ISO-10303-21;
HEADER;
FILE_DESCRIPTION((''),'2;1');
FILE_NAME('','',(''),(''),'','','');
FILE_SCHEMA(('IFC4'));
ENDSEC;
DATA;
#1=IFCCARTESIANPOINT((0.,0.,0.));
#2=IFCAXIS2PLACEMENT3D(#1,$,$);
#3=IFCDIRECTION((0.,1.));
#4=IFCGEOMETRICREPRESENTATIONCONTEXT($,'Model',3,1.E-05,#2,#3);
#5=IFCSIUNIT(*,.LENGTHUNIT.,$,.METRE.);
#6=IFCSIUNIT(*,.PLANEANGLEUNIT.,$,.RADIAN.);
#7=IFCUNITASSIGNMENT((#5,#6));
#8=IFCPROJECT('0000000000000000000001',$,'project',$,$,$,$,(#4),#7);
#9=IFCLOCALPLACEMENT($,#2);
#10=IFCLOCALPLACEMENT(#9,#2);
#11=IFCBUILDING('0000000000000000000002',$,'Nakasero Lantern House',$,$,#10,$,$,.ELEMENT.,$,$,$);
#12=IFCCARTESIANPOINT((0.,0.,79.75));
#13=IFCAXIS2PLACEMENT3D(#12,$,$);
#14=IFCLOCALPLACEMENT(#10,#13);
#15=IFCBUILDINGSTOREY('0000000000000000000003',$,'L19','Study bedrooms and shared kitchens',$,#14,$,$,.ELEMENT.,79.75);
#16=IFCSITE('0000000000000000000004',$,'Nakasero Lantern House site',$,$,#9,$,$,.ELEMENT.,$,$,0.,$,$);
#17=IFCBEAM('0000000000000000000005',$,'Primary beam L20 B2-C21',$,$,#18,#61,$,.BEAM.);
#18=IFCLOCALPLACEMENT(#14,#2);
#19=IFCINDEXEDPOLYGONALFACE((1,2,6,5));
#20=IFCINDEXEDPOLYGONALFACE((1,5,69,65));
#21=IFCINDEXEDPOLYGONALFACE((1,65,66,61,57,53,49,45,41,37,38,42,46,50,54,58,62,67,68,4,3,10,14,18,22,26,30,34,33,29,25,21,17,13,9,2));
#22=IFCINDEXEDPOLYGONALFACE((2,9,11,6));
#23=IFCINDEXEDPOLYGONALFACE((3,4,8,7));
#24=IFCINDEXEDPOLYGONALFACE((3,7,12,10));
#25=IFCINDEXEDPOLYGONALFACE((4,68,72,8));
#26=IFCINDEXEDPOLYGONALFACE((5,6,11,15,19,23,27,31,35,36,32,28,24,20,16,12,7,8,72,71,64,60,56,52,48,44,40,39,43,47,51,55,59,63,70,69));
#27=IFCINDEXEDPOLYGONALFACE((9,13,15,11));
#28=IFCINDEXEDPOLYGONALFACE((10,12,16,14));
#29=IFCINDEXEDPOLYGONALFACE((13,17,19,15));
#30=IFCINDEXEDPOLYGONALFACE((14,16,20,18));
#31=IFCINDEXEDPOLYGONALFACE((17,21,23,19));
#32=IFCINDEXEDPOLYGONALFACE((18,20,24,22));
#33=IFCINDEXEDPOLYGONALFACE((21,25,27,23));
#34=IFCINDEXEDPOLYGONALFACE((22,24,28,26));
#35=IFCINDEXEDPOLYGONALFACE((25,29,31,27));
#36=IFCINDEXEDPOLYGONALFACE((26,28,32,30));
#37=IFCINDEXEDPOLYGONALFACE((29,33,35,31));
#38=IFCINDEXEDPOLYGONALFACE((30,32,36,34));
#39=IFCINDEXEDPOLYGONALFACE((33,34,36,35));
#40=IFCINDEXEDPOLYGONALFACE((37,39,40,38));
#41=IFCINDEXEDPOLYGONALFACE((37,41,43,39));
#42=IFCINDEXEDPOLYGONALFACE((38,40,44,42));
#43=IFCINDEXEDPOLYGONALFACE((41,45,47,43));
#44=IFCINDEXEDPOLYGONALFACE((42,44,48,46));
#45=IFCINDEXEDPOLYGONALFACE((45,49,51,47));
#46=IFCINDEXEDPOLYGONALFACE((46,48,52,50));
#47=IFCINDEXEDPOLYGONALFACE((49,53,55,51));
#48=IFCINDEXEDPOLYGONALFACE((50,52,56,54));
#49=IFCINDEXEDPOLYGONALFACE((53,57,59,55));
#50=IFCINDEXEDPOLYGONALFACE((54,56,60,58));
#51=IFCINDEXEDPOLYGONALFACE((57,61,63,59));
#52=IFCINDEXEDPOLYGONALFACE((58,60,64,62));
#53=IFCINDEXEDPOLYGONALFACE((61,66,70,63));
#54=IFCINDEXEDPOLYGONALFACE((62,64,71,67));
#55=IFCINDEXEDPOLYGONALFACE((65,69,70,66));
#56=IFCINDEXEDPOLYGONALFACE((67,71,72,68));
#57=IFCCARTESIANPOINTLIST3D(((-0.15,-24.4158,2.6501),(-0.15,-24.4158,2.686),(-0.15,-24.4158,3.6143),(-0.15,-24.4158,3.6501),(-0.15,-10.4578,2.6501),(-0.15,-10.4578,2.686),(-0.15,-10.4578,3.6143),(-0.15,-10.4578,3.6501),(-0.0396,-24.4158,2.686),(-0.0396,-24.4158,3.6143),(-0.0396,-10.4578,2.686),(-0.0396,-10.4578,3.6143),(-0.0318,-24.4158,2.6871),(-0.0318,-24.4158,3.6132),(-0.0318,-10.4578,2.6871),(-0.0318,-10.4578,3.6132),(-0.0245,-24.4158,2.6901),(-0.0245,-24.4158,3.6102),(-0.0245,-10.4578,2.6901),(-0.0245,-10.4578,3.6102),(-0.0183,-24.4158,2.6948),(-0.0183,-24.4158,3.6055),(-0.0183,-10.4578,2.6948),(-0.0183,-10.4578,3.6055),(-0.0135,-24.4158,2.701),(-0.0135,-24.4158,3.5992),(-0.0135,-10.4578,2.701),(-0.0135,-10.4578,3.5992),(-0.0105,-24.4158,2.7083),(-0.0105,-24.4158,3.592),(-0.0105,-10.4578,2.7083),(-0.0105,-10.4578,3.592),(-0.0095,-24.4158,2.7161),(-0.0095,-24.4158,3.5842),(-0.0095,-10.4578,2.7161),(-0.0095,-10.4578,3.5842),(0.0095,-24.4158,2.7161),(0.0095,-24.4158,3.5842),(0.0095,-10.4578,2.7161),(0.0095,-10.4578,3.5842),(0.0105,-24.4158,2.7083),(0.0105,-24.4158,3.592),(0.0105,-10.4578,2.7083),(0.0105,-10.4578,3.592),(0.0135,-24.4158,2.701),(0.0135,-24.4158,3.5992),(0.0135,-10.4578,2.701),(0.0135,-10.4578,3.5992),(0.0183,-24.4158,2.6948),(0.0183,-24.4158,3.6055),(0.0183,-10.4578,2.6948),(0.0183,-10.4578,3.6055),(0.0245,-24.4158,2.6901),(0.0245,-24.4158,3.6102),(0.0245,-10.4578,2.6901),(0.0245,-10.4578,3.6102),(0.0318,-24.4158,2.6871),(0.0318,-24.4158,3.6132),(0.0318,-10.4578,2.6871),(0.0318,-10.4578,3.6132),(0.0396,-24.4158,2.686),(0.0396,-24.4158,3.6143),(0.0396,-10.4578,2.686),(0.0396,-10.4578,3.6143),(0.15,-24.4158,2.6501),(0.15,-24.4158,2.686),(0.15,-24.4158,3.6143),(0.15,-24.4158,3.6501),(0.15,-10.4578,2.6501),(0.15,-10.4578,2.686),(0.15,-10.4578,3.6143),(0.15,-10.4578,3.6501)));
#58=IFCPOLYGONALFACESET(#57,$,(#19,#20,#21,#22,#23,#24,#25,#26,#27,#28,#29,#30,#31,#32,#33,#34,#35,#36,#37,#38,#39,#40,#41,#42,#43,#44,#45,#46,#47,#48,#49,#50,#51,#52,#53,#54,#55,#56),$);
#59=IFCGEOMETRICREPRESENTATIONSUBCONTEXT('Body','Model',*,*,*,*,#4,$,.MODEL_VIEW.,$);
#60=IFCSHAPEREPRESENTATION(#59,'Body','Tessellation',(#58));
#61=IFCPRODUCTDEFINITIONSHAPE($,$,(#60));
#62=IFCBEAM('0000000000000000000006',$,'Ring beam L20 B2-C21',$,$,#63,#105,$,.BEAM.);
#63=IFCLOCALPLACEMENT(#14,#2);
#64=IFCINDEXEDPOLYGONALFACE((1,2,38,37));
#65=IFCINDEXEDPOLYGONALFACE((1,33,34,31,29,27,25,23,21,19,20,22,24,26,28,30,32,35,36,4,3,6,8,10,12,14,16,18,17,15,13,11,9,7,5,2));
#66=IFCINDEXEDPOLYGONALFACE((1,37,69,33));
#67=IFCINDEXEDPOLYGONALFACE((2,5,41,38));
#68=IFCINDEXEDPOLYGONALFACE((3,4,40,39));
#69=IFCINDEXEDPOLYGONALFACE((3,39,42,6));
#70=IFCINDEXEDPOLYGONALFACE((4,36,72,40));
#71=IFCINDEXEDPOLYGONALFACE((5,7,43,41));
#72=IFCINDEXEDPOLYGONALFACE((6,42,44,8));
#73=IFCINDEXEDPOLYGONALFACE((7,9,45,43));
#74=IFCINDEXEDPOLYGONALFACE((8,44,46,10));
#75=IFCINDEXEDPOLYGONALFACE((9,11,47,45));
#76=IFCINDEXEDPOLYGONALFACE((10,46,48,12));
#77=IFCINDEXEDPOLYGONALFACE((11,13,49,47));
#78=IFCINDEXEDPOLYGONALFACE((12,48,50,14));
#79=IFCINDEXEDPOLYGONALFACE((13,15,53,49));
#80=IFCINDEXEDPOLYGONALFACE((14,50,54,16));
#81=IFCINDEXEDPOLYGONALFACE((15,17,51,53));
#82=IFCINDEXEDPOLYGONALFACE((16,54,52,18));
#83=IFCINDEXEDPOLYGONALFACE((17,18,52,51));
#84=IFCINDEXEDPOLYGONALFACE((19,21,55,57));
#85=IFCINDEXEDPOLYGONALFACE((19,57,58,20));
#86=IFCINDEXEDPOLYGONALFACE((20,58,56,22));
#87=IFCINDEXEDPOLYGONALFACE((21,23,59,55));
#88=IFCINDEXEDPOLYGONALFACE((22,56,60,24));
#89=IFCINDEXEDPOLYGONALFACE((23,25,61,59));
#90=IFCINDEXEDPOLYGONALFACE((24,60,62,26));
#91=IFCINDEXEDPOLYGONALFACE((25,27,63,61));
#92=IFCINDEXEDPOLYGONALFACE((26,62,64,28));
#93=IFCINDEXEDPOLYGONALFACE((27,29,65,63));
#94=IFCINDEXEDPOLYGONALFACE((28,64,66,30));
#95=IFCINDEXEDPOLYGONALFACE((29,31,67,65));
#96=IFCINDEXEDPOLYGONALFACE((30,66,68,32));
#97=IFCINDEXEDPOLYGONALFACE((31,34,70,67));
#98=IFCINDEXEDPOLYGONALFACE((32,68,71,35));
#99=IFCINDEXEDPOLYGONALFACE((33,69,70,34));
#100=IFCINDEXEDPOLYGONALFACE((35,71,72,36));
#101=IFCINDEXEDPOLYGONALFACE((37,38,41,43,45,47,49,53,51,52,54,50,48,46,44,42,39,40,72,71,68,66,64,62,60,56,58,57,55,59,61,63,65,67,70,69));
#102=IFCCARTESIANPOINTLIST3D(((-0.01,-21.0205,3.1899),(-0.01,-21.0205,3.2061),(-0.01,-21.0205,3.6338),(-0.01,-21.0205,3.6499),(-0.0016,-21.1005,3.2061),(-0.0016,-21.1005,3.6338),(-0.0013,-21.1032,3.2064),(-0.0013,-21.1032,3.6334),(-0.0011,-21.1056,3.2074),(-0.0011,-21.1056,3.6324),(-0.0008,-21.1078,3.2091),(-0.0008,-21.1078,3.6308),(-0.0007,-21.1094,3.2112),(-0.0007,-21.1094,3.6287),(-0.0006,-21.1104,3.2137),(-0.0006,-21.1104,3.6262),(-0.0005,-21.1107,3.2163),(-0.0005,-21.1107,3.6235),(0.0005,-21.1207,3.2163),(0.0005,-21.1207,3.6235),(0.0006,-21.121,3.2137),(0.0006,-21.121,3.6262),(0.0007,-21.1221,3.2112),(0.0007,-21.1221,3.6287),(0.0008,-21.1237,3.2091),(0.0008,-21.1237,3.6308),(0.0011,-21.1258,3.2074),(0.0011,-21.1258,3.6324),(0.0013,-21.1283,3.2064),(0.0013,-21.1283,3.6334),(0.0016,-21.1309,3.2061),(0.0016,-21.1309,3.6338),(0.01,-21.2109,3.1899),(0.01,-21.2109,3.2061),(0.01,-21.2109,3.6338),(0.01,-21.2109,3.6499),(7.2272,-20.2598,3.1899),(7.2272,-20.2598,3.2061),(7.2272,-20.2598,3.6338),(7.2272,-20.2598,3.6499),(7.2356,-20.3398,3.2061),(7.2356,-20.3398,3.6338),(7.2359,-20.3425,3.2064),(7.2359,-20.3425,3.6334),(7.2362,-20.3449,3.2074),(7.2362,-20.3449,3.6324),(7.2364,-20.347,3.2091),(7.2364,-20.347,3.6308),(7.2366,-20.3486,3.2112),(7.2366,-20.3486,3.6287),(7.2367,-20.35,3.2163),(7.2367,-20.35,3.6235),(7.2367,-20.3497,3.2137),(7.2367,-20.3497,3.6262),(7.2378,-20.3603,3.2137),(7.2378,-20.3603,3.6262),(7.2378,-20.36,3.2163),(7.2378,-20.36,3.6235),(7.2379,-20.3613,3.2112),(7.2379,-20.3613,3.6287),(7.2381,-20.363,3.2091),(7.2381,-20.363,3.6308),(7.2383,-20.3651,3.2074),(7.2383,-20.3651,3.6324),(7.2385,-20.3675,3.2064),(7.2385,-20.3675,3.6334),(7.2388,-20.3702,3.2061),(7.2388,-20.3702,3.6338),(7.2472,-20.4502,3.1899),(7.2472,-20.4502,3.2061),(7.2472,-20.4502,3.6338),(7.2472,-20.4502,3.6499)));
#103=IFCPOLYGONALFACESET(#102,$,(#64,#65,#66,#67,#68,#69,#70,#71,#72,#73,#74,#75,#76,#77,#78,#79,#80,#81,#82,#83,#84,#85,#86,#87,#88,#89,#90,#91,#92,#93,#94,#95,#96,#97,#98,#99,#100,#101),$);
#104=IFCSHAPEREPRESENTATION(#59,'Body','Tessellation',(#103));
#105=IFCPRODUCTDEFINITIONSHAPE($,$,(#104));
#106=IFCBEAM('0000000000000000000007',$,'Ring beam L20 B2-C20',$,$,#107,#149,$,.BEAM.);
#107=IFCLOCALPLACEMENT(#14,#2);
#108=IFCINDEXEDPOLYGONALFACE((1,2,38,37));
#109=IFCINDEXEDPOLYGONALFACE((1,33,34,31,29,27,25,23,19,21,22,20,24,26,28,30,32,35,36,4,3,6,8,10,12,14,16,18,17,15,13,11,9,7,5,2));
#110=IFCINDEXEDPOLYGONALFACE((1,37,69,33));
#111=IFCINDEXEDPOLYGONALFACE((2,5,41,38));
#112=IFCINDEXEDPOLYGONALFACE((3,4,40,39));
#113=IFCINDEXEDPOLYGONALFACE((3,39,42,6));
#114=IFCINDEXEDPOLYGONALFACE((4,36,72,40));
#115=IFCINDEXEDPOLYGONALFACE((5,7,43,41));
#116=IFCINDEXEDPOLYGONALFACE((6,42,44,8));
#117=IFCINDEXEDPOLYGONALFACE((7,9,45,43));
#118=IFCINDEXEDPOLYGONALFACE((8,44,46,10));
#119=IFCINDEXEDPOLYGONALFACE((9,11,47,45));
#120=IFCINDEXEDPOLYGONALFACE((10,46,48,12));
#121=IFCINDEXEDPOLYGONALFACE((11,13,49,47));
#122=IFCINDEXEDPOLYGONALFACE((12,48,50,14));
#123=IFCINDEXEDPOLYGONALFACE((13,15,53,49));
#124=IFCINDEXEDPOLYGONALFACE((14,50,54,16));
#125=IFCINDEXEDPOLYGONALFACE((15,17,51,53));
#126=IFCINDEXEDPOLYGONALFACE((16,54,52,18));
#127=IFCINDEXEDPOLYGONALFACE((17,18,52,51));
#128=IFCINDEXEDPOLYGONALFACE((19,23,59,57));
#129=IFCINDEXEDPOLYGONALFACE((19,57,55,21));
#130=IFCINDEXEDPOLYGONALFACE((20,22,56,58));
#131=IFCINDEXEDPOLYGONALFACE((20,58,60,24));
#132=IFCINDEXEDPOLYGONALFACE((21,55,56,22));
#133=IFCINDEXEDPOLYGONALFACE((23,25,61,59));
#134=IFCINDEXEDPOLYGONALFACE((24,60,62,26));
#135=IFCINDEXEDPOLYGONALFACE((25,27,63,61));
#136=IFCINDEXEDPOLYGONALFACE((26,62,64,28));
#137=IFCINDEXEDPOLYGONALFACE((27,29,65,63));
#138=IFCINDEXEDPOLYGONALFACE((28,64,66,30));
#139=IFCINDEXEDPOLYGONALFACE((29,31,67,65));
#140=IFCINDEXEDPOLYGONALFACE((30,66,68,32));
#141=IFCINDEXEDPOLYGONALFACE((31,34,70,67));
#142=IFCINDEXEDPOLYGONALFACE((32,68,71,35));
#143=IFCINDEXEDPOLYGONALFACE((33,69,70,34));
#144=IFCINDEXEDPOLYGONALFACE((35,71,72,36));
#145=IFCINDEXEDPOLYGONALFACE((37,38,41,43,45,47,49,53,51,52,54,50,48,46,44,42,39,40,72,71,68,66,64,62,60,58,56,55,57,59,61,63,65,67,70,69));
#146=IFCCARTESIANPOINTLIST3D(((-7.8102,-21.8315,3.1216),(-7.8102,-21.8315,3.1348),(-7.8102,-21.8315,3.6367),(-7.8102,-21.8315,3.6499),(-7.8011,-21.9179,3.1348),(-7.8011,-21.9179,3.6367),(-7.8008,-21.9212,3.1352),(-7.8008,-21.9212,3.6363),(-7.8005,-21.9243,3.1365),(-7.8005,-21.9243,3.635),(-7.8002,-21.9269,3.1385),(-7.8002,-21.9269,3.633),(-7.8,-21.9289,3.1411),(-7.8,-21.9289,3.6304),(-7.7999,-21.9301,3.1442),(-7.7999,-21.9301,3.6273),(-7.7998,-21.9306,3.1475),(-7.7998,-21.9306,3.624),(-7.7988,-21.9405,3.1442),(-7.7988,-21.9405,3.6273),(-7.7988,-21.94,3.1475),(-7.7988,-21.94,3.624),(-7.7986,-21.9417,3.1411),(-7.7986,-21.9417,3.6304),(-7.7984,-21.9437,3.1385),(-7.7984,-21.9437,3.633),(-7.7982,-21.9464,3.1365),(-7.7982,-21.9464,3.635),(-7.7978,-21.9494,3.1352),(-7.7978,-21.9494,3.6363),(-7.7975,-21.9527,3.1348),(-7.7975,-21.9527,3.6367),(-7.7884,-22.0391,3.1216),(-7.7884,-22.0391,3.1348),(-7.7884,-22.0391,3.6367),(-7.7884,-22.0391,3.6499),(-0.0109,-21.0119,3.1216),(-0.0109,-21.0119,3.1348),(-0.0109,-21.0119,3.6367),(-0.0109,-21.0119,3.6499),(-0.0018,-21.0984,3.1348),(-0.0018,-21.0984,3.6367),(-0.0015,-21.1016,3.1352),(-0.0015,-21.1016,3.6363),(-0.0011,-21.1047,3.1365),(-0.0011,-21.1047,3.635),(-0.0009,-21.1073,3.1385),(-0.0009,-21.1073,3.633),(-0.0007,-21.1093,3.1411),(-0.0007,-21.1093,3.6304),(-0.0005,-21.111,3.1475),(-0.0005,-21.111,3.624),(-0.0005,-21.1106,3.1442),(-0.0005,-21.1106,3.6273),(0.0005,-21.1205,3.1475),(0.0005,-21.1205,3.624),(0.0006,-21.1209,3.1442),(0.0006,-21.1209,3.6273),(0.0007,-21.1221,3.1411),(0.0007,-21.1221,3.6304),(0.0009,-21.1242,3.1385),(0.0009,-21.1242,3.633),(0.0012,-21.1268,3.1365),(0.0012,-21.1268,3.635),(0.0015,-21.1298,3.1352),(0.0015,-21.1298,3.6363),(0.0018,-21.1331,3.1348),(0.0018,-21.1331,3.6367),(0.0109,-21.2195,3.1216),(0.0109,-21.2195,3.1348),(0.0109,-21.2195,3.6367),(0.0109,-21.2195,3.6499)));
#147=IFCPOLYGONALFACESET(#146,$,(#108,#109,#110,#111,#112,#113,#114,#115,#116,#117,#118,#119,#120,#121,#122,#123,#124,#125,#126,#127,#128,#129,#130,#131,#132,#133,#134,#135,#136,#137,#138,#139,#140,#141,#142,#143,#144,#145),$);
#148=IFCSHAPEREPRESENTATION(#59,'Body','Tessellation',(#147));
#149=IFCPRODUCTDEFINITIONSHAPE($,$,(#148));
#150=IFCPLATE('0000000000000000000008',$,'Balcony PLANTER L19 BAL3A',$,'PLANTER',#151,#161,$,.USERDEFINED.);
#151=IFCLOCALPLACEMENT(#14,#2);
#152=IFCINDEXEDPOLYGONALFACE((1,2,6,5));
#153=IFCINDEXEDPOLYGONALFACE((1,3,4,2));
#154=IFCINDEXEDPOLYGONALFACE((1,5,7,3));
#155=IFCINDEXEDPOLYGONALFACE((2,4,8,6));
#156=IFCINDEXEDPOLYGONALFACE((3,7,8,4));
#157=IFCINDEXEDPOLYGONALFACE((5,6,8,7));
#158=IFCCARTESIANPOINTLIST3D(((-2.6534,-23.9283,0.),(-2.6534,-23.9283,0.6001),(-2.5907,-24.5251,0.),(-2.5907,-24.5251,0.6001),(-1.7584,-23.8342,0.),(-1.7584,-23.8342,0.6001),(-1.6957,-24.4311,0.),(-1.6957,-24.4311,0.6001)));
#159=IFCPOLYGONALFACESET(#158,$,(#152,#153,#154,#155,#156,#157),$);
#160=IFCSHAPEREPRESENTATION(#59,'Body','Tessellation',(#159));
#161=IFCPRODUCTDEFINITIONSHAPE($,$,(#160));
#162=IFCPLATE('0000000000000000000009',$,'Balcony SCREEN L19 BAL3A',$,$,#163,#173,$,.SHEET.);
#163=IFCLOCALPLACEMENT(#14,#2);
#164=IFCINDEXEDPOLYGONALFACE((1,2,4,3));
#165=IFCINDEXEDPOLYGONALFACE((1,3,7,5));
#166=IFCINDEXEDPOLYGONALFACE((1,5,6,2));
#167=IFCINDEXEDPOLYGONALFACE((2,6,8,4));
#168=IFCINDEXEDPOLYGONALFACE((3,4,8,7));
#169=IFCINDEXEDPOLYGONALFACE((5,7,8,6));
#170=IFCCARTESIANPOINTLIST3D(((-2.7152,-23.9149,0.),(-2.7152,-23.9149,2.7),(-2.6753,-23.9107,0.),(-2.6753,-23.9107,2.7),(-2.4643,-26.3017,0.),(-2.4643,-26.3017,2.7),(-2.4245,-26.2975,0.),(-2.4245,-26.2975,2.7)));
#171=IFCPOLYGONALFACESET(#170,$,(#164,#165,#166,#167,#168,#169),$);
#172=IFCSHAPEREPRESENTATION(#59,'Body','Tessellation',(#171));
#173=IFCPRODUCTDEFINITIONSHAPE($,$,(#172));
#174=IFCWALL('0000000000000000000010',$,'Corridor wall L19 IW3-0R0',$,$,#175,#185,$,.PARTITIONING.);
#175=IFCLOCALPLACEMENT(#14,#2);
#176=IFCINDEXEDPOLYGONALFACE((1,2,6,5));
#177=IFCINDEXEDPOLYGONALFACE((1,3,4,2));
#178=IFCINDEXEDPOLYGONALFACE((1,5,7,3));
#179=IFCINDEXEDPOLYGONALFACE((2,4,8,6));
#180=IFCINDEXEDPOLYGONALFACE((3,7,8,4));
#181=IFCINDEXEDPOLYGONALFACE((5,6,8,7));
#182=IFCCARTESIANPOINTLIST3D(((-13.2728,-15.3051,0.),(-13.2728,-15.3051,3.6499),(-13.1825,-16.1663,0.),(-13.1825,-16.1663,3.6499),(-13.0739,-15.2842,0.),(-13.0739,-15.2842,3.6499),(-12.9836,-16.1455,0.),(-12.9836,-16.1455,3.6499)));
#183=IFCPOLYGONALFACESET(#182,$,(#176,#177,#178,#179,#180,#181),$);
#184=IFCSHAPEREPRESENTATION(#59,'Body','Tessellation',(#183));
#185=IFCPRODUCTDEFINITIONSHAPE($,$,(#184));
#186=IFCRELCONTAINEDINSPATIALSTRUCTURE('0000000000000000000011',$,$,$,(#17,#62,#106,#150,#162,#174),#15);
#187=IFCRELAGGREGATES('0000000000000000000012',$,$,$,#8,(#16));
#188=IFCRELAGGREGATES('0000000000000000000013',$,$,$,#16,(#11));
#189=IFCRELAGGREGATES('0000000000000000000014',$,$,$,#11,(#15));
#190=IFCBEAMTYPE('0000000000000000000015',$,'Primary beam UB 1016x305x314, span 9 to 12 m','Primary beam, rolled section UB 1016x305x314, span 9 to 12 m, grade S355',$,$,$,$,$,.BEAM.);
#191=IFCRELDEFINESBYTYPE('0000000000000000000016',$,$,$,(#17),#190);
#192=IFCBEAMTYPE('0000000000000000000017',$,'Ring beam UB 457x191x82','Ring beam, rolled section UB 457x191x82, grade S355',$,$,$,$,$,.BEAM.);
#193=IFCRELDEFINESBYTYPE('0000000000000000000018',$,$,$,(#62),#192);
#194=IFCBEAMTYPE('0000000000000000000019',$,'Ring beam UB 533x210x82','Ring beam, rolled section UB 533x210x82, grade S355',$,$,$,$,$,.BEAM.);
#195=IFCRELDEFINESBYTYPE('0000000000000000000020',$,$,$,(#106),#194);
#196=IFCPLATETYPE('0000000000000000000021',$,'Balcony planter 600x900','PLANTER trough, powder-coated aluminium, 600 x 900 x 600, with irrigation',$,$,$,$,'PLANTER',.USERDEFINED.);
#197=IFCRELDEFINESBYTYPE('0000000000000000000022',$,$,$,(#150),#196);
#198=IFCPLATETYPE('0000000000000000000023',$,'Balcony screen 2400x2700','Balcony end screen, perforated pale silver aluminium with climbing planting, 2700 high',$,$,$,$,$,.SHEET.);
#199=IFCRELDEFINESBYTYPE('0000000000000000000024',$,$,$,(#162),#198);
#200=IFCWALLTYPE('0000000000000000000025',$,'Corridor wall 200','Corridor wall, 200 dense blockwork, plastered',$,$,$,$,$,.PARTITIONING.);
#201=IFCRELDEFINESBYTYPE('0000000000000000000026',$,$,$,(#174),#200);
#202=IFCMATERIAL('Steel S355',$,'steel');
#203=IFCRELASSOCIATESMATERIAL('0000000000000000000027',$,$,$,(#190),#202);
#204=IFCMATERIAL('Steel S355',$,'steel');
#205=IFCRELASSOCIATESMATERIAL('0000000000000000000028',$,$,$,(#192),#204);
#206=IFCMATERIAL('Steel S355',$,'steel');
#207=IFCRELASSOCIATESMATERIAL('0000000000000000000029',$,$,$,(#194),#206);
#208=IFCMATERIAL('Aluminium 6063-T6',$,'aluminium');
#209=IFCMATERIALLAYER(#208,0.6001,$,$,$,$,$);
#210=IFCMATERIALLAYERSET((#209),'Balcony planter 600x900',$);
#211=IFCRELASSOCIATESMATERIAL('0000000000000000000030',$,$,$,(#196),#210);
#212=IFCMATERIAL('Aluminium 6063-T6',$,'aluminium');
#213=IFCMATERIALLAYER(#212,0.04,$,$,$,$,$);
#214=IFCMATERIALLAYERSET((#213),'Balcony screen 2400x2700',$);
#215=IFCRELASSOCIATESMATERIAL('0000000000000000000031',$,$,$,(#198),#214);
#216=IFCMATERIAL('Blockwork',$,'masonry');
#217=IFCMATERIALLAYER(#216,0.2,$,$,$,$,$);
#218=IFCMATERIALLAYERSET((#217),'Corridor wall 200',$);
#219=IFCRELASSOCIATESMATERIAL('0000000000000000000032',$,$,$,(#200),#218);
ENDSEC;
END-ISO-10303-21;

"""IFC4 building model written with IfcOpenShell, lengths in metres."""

from ifc_helpers import new_model, si_unit, direction, frame, frame_2d, origin, origin_2d, place, context, subcontext, project, spatial, rectangle, i_section, extrude, material, layer, layer_set, material_profile, profile_set, type_object, element, save


model = new_model("IFC4")

# Units and contexts
model_context = context("Model", 3, precision=1e-05, world=origin(), true_north=direction((0.0, 1.0)))
body_context = subcontext(model_context, "Body", "Model", "MODEL_VIEW")
ifc_project = project(units=[si_unit("LENGTHUNIT", "METRE"), si_unit("PLANEANGLEUNIT", "RADIAN")], contexts=[model_context])

# Site, building, storey
site_placement = place(None, origin())
site = spatial("IfcSite", under=ifc_project, at=site_placement, Name="Nakasero Lantern House site", CompositionType="ELEMENT", RefElevation=0.0)
building_placement = place(site_placement, origin())
building = spatial("IfcBuilding", under=site, at=building_placement, Name="Nakasero Lantern House", CompositionType="ELEMENT")
storey_placement = place(building_placement, frame((0.0, 0.0, 79.75)))
storey = spatial("IfcBuildingStorey", under=building, at=storey_placement, Name="L19", Description="Study bedrooms and shared kitchens", CompositionType="ELEMENT", Elevation=79.75)

# Beams
ifc_material_1 = material(Name="Steel S355", Category="steel")
ifc_material_profile_1 = material_profile(ifc_material_1, i_section(OverallWidth=0.3, OverallDepth=1.0, WebThickness=0.019, FlangeThickness=0.0359, FilletRadius=0.03, at=origin_2d()), Name="UB 1016x305x314")
ifc_profile_set_1 = profile_set([ifc_material_profile_1], Name="Steel S355")
beam_type_1 = type_object("IfcBeamType", Name="Primary beam UB 1016x305x314, span 9 to 12 m", Description="Primary beam, rolled section UB 1016x305x314, span 9 to 12 m, grade S355", PredefinedType="BEAM", material=ifc_profile_set_1)
beam_1_placement = place(storey_placement, frame((0.0, -24.4158, 3.1501), z_axis=(0.0, 1.0, 0.0), x_axis=(-1.0, 0.0, 0.0)))
element("IfcBeam", 1, at=beam_1_placement, inside=storey, type_object=beam_type_1, Name="Primary beam L20 B2-C21", PredefinedType="BEAM", context=body_context, shape_type="SweptSolid", body=[
    extrude(i_section(OverallWidth=0.3, OverallDepth=1.0, WebThickness=0.019, FlangeThickness=0.0359, FilletRadius=0.03, at=origin_2d()), origin(), (0.0, 0.0, 1.0), 13.958),
])
ifc_material_2 = material(Name="Steel S355", Category="steel")
ifc_material_profile_2 = material_profile(ifc_material_2, i_section(OverallWidth=0.1914, OverallDepth=0.46, WebThickness=0.01, FlangeThickness=0.0161, FilletRadius=0.0103, at=origin_2d()), Name="UB 457x191x82")
ifc_profile_set_2 = profile_set([ifc_material_profile_2], Name="Steel S355")
beam_type_2 = type_object("IfcBeamType", Name="Ring beam UB 457x191x82", Description="Ring beam, rolled section UB 457x191x82, grade S355", PredefinedType="BEAM", material=ifc_profile_set_2)
beam_2_placement = place(storey_placement, frame((0.0, -21.1157, 3.4199), z_axis=(0.994521, 0.104538, 0.0), x_axis=(-0.104538, 0.994521, 0.0)))
element("IfcBeam", 2, at=beam_2_placement, inside=storey, type_object=beam_type_2, Name="Ring beam L20 B2-C21", PredefinedType="BEAM", context=body_context, shape_type="SweptSolid", body=[
    extrude(i_section(OverallWidth=0.1914, OverallDepth=0.46, WebThickness=0.01, FlangeThickness=0.0161, FilletRadius=0.0103, at=origin_2d()), origin(), (0.0, 0.0, 1.0), 7.2771),
])
ifc_material_3 = material(Name="Steel S355", Category="steel")
ifc_material_profile_3 = material_profile(ifc_material_3, i_section(OverallWidth=0.2087, OverallDepth=0.5283, WebThickness=0.0095, FlangeThickness=0.0132, FilletRadius=0.0127, at=origin_2d()), Name="UB 533x210x82")
ifc_profile_set_3 = profile_set([ifc_material_profile_3], Name="Steel S355")
beam_type_3 = type_object("IfcBeamType", Name="Ring beam UB 533x210x82", Description="Ring beam, rolled section UB 533x210x82, grade S355", PredefinedType="BEAM", material=ifc_profile_set_3)
beam_3_placement = place(storey_placement, frame((-7.7993, -21.9353, 3.3857), z_axis=(0.994524, 0.104508, 0.0), x_axis=(-0.104508, 0.994524, 0.0)))
element("IfcBeam", 3, at=beam_3_placement, inside=storey, type_object=beam_type_3, Name="Ring beam L20 B2-C20", PredefinedType="BEAM", context=body_context, shape_type="SweptSolid", body=[
    extrude(i_section(OverallWidth=0.2087, OverallDepth=0.5283, WebThickness=0.0095, FlangeThickness=0.0132, FilletRadius=0.0127, at=origin_2d()), origin(), (0.0, 0.0, 1.0), 7.8423),
])

# Plates
ifc_material_4 = material(Name="Aluminium 6063-T6", Category="aluminium")
ifc_layer_1 = layer(ifc_material_4, 0.6001)
ifc_layer_set_1 = layer_set([ifc_layer_1], Name="Balcony planter 600x900")
plate_type_1 = type_object("IfcPlateType", Name="Balcony planter 600x900", Description="PLANTER trough, powder-coated aluminium, 600 x 900 x 600, with irrigation", ElementType="PLANTER", PredefinedType="USERDEFINED", material=ifc_layer_set_1)
plate_1_placement = place(storey_placement, frame((-2.1746, -24.1797, 0.0), z_axis=(0.0, 0.0, 1.0), x_axis=(0.104528, -0.994522, 0.0)))
element("IfcPlate", 4, at=plate_1_placement, inside=storey, type_object=plate_type_1, Name="Balcony PLANTER L19 BAL3A", ObjectType="PLANTER", PredefinedType="USERDEFINED", context=body_context, shape_type="SweptSolid", body=[
    extrude(rectangle(XDim=0.6001, YDim=0.8999, at=origin_2d()), origin(), (0.0, 0.0, 1.0), 0.6001),
])
ifc_material_5 = material(Name="Aluminium 6063-T6", Category="aluminium")
ifc_layer_2 = layer(ifc_material_5, 0.04)
ifc_layer_set_2 = layer_set([ifc_layer_2], Name="Balcony screen 2400x2700")
plate_type_2 = type_object("IfcPlateType", Name="Balcony screen 2400x2700", Description="Balcony end screen, perforated pale silver aluminium with climbing planting, 2700 high", PredefinedType="SHEET", material=ifc_layer_set_2)
plate_2_placement = place(storey_placement, frame((-2.5698, -25.1062, 0.0), z_axis=(0.0, 0.0, 1.0), x_axis=(0.104528, -0.994522, 0.0)))
element("IfcPlate", 5, at=plate_2_placement, inside=storey, type_object=plate_type_2, Name="Balcony SCREEN L19 BAL3A", PredefinedType="SHEET", context=body_context, shape_type="SweptSolid", body=[
    extrude(rectangle(XDim=2.3999, YDim=0.04, at=origin_2d()), origin(), (0.0, 0.0, 1.0), 2.7),
])

# Wall
ifc_material_6 = material(Name="Blockwork", Category="masonry")
ifc_layer_3 = layer(ifc_material_6, 0.2)
ifc_layer_set_3 = layer_set([ifc_layer_3], Name="Corridor wall 200")
wall_type_1 = type_object("IfcWallType", Name="Corridor wall 200", Description="Corridor wall, 200 dense blockwork, plastered", PredefinedType="PARTITIONING", material=ifc_layer_set_3)
wall_1_placement = place(storey_placement, frame((-13.083, -16.156, 0.0), z_axis=(0.0, 0.0, 1.0), x_axis=(-0.104303, 0.994546, 0.0)))
element("IfcWall", 6, at=wall_1_placement, inside=storey, type_object=wall_type_1, Name="Corridor wall L19 IW3-0R0", PredefinedType="PARTITIONING", context=body_context, shape_type="SweptSolid", body=[
    extrude(rectangle(XDim=0.866, YDim=0.2, at=frame_2d((0.4331, 0.0))), origin(), (0.0, 0.0, 1.0), 3.6499),
])

save(model, "model.ifc")
